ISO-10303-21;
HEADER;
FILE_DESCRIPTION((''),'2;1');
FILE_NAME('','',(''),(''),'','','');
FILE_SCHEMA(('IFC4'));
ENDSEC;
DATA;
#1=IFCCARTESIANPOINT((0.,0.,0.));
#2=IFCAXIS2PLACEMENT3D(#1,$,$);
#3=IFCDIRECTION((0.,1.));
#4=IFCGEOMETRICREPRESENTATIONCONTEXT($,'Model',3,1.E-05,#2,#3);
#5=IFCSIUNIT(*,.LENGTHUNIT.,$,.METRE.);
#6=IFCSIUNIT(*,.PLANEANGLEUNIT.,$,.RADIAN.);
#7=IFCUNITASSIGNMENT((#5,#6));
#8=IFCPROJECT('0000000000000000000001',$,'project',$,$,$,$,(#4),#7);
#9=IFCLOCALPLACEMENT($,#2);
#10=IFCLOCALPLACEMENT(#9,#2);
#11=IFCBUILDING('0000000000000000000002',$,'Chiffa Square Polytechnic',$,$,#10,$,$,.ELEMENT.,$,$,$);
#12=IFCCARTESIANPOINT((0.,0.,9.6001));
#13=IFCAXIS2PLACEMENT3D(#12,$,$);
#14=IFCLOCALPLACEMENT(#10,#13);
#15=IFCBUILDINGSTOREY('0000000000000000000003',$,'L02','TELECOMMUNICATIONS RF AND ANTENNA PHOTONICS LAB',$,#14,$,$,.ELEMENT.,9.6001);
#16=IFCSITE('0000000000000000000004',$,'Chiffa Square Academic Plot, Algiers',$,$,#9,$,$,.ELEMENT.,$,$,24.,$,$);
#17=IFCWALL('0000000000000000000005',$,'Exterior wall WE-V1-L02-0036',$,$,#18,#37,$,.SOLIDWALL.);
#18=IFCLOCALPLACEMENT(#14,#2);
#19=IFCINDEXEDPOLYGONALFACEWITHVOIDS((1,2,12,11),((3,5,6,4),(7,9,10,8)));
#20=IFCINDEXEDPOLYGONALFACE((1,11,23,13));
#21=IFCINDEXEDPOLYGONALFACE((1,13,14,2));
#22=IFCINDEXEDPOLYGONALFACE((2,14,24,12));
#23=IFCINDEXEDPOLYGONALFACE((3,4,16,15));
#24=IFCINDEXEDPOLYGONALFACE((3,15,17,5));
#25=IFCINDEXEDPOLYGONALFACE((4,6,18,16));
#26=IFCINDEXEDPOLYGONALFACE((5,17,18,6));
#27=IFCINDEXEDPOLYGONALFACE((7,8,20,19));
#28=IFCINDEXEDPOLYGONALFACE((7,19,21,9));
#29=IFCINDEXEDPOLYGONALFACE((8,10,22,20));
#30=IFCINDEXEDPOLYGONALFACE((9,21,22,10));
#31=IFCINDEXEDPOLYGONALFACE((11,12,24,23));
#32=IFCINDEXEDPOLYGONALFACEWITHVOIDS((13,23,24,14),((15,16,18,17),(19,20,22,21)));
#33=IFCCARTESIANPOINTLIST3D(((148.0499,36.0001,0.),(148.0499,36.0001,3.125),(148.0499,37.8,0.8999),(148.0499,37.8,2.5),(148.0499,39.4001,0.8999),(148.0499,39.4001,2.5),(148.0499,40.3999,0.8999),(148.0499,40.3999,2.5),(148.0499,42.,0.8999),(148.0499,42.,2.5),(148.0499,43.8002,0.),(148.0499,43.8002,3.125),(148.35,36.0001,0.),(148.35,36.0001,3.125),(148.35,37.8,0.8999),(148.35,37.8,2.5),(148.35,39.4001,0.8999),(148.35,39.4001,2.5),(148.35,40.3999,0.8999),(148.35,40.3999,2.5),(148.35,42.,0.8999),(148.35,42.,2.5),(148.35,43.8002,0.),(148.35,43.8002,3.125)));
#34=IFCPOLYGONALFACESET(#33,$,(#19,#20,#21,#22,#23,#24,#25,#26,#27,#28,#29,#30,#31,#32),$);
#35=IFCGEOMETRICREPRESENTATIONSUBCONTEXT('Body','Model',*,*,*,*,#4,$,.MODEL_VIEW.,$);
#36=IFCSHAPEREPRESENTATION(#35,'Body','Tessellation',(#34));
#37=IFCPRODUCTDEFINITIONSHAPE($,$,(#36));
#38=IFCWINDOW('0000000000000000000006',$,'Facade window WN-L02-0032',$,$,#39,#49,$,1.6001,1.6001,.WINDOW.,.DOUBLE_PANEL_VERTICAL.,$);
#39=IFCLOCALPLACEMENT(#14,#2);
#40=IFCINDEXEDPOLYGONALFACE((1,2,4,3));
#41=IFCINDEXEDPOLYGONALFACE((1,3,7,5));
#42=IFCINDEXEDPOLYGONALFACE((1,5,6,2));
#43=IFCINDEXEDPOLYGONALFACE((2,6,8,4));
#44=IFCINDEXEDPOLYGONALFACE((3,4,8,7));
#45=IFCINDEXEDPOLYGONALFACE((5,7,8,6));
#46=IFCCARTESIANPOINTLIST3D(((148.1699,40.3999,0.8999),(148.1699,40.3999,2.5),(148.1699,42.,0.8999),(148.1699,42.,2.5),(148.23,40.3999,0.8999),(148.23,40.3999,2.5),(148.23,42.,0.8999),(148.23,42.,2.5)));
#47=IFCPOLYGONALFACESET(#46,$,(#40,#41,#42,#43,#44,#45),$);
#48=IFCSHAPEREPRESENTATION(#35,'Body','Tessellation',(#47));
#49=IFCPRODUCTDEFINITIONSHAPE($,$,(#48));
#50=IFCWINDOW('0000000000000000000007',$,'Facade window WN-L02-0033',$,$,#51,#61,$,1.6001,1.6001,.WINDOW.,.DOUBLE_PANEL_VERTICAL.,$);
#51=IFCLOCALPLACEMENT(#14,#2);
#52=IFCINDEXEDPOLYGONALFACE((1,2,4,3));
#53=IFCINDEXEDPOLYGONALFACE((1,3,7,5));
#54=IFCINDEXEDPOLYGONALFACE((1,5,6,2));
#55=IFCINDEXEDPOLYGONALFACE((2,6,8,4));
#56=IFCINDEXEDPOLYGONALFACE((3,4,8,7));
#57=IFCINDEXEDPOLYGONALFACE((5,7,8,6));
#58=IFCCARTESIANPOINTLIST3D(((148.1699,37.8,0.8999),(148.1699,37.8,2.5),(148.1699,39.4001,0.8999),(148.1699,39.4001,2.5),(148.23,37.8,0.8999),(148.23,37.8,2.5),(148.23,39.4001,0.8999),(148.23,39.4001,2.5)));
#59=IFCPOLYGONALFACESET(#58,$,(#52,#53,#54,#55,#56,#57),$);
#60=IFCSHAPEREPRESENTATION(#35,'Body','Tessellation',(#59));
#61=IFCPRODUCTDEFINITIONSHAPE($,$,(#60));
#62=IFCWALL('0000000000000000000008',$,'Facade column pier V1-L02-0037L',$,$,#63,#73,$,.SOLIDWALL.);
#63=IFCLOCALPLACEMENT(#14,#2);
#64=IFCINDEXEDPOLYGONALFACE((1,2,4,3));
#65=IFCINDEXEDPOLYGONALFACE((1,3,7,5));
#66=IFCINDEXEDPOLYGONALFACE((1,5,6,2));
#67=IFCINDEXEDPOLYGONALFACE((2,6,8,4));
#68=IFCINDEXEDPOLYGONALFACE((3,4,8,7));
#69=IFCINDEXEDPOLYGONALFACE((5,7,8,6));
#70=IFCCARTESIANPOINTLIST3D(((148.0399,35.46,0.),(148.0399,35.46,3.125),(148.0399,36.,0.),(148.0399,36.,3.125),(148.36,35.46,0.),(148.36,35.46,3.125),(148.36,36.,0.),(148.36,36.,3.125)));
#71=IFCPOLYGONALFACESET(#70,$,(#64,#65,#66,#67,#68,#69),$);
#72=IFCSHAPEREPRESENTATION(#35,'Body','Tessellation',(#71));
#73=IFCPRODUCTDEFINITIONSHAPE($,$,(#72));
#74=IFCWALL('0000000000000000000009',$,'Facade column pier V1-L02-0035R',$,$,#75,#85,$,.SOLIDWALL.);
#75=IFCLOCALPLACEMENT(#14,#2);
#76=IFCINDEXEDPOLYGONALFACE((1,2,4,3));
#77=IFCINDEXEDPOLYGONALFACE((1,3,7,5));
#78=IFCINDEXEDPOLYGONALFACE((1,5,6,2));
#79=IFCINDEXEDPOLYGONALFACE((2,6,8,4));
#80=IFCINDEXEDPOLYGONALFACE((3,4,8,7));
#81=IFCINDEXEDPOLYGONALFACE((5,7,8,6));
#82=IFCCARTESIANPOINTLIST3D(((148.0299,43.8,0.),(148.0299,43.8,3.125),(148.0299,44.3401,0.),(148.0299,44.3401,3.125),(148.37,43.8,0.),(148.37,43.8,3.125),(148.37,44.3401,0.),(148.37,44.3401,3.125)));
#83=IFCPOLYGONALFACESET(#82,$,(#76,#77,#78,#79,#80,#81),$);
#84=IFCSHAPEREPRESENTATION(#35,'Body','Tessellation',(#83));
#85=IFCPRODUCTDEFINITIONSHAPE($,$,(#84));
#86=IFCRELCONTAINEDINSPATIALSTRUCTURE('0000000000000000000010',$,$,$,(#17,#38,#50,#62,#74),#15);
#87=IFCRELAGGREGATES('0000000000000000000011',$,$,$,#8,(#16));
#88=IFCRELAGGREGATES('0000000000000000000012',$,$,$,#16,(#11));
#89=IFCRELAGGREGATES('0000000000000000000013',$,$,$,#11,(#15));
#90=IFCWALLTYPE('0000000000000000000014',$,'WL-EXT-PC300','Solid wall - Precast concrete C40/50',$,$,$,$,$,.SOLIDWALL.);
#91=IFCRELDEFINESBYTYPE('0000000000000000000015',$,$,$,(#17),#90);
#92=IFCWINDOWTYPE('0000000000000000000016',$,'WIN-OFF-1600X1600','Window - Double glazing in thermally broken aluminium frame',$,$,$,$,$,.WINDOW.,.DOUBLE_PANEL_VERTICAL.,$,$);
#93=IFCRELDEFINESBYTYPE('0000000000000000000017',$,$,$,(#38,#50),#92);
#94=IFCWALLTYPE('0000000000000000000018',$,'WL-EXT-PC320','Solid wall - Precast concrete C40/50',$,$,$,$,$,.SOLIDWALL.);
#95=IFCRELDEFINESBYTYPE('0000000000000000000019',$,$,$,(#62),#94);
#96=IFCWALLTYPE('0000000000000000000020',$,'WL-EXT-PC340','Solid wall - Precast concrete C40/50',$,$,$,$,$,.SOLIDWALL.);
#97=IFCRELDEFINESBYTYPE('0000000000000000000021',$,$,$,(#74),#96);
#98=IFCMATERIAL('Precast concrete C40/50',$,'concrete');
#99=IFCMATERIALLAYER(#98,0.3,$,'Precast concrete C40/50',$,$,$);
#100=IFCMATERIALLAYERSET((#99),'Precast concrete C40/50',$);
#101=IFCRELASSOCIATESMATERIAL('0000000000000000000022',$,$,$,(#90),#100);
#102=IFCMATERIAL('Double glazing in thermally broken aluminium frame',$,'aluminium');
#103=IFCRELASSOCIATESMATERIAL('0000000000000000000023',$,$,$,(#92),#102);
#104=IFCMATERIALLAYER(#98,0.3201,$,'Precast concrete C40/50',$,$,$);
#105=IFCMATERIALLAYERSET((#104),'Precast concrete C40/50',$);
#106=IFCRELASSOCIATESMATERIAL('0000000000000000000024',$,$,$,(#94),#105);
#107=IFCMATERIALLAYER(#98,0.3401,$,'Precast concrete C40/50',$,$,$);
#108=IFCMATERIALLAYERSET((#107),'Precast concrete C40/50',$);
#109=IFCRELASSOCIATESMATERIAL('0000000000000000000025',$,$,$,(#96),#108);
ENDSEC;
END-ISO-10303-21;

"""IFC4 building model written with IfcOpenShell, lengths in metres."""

from ifc_helpers import new_model, si_unit, direction, frame, frame_2d, origin, place, context, subcontext, project, spatial, rectangle, extrude, material, layer, layer_set, type_object, element, fill, save


model = new_model("IFC4")

# Units and contexts
model_context = context("Model", 3, precision=1e-05, world=origin(), true_north=direction((0.0, 1.0)))
body_context = subcontext(model_context, "Body", "Model", "MODEL_VIEW")
ifc_project = project(units=[si_unit("LENGTHUNIT", "METRE"), si_unit("PLANEANGLEUNIT", "RADIAN")], contexts=[model_context])

# Site, building, storey
site_placement = place(None, origin())
site = spatial("IfcSite", under=ifc_project, at=site_placement, Name="Chiffa Square Academic Plot, Algiers", CompositionType="ELEMENT", RefElevation=24.0)
building_placement = place(site_placement, origin())
building = spatial("IfcBuilding", under=site, at=building_placement, Name="Chiffa Square Polytechnic", CompositionType="ELEMENT")
storey_placement = place(building_placement, frame((0.0, 0.0, 9.6001)))
storey = spatial("IfcBuildingStorey", under=building, at=storey_placement, Name="L02", Description="TELECOMMUNICATIONS RF AND ANTENNA PHOTONICS LAB", CompositionType="ELEMENT", Elevation=9.6001)

# Wall, openings, windows
ifc_material_1 = material(Name="Precast concrete C40/50", Category="concrete")
ifc_layer_1 = layer(ifc_material_1, 0.3, Name="Precast concrete C40/50")
ifc_layer_set_1 = layer_set([ifc_layer_1], Name="Precast concrete C40/50")
wall_type_1 = type_object("IfcWallType", Name="WL-EXT-PC300", Description="Solid wall - Precast concrete C40/50", PredefinedType="SOLIDWALL", material=ifc_layer_set_1)
wall_1_placement = place(storey_placement, frame((148.2, 43.8, 0.0), z_axis=(0.0, 0.0, 1.0), x_axis=(0.0, -1.0, 0.0)))
wall_1 = element("IfcWall", 1, at=wall_1_placement, inside=storey, type_object=wall_type_1, Name="Exterior wall WE-V1-L02-0036", PredefinedType="SOLIDWALL", context=body_context, shape_type="SweptSolid", body=[
    extrude(rectangle(XDim=7.8, YDim=0.3, at=frame_2d((3.8999, 0.0))), origin(), (0.0, 0.0, 1.0), 3.125),
])
opening_1_placement = place(wall_1_placement, frame((1.8, 0.0, 0.8999)))
opening_1 = element("IfcOpeningElement", 2, at=opening_1_placement, cuts=wall_1, PredefinedType="OPENING", context=body_context, shape_type="SweptSolid", body=[
    extrude(rectangle(XDim=1.6001, YDim=1.6001, at=frame_2d((0.8, 0.8))), frame((0.0, 0.1602, 0.0), z_axis=(0.0, -1.0, 0.0), x_axis=(1.0, 0.0, 0.0)), (0.0, 0.0, 1.0), 0.3201),
])
opening_2_placement = place(wall_1_placement, frame((4.3999, 0.0, 0.8999)))
opening_2 = element("IfcOpeningElement", 3, at=opening_2_placement, cuts=wall_1, PredefinedType="OPENING", context=body_context, shape_type="SweptSolid", body=[
    extrude(rectangle(XDim=1.6001, YDim=1.6001, at=frame_2d((0.8, 0.8))), frame((0.0, 0.1602, 0.0), z_axis=(0.0, -1.0, 0.0), x_axis=(1.0, 0.0, 0.0)), (0.0, 0.0, 1.0), 0.3201),
])
ifc_material_2 = material(Name="Double glazing in thermally broken aluminium frame", Category="aluminium")
window_type = type_object("IfcWindowType", Name="WIN-OFF-1600X1600", Description="Window - Double glazing in thermally broken aluminium frame", PartitioningType="DOUBLE_PANEL_VERTICAL", PredefinedType="WINDOW", material=ifc_material_2)
window_1_placement = place(opening_1_placement, origin())
window_1 = element("IfcWindow", 4, at=window_1_placement, inside=storey, type_object=window_type, Name="Facade window WN-L02-0032", OverallHeight=1.6001, OverallWidth=1.6001, PartitioningType="DOUBLE_PANEL_VERTICAL", PredefinedType="WINDOW", context=body_context, shape_type="SweptSolid", body=[
    extrude(rectangle(XDim=1.6001, YDim=1.6001, at=frame_2d((0.8, 0.8))), frame((0.0, 0.03, 0.0), z_axis=(0.0, -1.0, 0.0), x_axis=(1.0, 0.0, 0.0)), (0.0, 0.0, 1.0), 0.0601),
])
fill(opening_1, window_1)
window_2_placement = place(opening_2_placement, origin())
window_2 = element("IfcWindow", 5, at=window_2_placement, inside=storey, type_object=window_type, Name="Facade window WN-L02-0033", OverallHeight=1.6001, OverallWidth=1.6001, PartitioningType="DOUBLE_PANEL_VERTICAL", PredefinedType="WINDOW", context=body_context, shape_type="SweptSolid", body=[
    extrude(rectangle(XDim=1.6001, YDim=1.6001, at=frame_2d((0.8, 0.8))), frame((0.0, 0.03, 0.0), z_axis=(0.0, -1.0, 0.0), x_axis=(1.0, 0.0, 0.0)), (0.0, 0.0, 1.0), 0.0601),
])
fill(opening_2, window_2)

# Walls
ifc_layer_2 = layer(ifc_material_1, 0.3201, Name="Precast concrete C40/50")
ifc_layer_set_2 = layer_set([ifc_layer_2], Name="Precast concrete C40/50")
wall_type_2 = type_object("IfcWallType", Name="WL-EXT-PC320", Description="Solid wall - Precast concrete C40/50", PredefinedType="SOLIDWALL", material=ifc_layer_set_2)
wall_2_placement = place(storey_placement, frame((148.2, 36.0, 0.0), z_axis=(0.0, 0.0, 1.0), x_axis=(0.0, -1.0, 0.0)))
element("IfcWall", 6, at=wall_2_placement, inside=storey, type_object=wall_type_2, Name="Facade column pier V1-L02-0037L", PredefinedType="SOLIDWALL", context=body_context, shape_type="SweptSolid", body=[
    extrude(rectangle(XDim=0.54, YDim=0.3201, at=frame_2d((0.27, 0.0))), origin(), (0.0, 0.0, 1.0), 3.125),
])
ifc_layer_3 = layer(ifc_material_1, 0.3401, Name="Precast concrete C40/50")
ifc_layer_set_3 = layer_set([ifc_layer_3], Name="Precast concrete C40/50")
wall_type_3 = type_object("IfcWallType", Name="WL-EXT-PC340", Description="Solid wall - Precast concrete C40/50", PredefinedType="SOLIDWALL", material=ifc_layer_set_3)
wall_3_placement = place(storey_placement, frame((148.2, 44.3401, 0.0), z_axis=(0.0, 0.0, 1.0), x_axis=(0.0, -1.0, 0.0)))
element("IfcWall", 7, at=wall_3_placement, inside=storey, type_object=wall_type_3, Name="Facade column pier V1-L02-0035R", PredefinedType="SOLIDWALL", context=body_context, shape_type="SweptSolid", body=[
    extrude(rectangle(XDim=0.54, YDim=0.3401, at=frame_2d((0.27, 0.0))), origin(), (0.0, 0.0, 1.0), 3.125),
])

save(model, "model.ifc")
